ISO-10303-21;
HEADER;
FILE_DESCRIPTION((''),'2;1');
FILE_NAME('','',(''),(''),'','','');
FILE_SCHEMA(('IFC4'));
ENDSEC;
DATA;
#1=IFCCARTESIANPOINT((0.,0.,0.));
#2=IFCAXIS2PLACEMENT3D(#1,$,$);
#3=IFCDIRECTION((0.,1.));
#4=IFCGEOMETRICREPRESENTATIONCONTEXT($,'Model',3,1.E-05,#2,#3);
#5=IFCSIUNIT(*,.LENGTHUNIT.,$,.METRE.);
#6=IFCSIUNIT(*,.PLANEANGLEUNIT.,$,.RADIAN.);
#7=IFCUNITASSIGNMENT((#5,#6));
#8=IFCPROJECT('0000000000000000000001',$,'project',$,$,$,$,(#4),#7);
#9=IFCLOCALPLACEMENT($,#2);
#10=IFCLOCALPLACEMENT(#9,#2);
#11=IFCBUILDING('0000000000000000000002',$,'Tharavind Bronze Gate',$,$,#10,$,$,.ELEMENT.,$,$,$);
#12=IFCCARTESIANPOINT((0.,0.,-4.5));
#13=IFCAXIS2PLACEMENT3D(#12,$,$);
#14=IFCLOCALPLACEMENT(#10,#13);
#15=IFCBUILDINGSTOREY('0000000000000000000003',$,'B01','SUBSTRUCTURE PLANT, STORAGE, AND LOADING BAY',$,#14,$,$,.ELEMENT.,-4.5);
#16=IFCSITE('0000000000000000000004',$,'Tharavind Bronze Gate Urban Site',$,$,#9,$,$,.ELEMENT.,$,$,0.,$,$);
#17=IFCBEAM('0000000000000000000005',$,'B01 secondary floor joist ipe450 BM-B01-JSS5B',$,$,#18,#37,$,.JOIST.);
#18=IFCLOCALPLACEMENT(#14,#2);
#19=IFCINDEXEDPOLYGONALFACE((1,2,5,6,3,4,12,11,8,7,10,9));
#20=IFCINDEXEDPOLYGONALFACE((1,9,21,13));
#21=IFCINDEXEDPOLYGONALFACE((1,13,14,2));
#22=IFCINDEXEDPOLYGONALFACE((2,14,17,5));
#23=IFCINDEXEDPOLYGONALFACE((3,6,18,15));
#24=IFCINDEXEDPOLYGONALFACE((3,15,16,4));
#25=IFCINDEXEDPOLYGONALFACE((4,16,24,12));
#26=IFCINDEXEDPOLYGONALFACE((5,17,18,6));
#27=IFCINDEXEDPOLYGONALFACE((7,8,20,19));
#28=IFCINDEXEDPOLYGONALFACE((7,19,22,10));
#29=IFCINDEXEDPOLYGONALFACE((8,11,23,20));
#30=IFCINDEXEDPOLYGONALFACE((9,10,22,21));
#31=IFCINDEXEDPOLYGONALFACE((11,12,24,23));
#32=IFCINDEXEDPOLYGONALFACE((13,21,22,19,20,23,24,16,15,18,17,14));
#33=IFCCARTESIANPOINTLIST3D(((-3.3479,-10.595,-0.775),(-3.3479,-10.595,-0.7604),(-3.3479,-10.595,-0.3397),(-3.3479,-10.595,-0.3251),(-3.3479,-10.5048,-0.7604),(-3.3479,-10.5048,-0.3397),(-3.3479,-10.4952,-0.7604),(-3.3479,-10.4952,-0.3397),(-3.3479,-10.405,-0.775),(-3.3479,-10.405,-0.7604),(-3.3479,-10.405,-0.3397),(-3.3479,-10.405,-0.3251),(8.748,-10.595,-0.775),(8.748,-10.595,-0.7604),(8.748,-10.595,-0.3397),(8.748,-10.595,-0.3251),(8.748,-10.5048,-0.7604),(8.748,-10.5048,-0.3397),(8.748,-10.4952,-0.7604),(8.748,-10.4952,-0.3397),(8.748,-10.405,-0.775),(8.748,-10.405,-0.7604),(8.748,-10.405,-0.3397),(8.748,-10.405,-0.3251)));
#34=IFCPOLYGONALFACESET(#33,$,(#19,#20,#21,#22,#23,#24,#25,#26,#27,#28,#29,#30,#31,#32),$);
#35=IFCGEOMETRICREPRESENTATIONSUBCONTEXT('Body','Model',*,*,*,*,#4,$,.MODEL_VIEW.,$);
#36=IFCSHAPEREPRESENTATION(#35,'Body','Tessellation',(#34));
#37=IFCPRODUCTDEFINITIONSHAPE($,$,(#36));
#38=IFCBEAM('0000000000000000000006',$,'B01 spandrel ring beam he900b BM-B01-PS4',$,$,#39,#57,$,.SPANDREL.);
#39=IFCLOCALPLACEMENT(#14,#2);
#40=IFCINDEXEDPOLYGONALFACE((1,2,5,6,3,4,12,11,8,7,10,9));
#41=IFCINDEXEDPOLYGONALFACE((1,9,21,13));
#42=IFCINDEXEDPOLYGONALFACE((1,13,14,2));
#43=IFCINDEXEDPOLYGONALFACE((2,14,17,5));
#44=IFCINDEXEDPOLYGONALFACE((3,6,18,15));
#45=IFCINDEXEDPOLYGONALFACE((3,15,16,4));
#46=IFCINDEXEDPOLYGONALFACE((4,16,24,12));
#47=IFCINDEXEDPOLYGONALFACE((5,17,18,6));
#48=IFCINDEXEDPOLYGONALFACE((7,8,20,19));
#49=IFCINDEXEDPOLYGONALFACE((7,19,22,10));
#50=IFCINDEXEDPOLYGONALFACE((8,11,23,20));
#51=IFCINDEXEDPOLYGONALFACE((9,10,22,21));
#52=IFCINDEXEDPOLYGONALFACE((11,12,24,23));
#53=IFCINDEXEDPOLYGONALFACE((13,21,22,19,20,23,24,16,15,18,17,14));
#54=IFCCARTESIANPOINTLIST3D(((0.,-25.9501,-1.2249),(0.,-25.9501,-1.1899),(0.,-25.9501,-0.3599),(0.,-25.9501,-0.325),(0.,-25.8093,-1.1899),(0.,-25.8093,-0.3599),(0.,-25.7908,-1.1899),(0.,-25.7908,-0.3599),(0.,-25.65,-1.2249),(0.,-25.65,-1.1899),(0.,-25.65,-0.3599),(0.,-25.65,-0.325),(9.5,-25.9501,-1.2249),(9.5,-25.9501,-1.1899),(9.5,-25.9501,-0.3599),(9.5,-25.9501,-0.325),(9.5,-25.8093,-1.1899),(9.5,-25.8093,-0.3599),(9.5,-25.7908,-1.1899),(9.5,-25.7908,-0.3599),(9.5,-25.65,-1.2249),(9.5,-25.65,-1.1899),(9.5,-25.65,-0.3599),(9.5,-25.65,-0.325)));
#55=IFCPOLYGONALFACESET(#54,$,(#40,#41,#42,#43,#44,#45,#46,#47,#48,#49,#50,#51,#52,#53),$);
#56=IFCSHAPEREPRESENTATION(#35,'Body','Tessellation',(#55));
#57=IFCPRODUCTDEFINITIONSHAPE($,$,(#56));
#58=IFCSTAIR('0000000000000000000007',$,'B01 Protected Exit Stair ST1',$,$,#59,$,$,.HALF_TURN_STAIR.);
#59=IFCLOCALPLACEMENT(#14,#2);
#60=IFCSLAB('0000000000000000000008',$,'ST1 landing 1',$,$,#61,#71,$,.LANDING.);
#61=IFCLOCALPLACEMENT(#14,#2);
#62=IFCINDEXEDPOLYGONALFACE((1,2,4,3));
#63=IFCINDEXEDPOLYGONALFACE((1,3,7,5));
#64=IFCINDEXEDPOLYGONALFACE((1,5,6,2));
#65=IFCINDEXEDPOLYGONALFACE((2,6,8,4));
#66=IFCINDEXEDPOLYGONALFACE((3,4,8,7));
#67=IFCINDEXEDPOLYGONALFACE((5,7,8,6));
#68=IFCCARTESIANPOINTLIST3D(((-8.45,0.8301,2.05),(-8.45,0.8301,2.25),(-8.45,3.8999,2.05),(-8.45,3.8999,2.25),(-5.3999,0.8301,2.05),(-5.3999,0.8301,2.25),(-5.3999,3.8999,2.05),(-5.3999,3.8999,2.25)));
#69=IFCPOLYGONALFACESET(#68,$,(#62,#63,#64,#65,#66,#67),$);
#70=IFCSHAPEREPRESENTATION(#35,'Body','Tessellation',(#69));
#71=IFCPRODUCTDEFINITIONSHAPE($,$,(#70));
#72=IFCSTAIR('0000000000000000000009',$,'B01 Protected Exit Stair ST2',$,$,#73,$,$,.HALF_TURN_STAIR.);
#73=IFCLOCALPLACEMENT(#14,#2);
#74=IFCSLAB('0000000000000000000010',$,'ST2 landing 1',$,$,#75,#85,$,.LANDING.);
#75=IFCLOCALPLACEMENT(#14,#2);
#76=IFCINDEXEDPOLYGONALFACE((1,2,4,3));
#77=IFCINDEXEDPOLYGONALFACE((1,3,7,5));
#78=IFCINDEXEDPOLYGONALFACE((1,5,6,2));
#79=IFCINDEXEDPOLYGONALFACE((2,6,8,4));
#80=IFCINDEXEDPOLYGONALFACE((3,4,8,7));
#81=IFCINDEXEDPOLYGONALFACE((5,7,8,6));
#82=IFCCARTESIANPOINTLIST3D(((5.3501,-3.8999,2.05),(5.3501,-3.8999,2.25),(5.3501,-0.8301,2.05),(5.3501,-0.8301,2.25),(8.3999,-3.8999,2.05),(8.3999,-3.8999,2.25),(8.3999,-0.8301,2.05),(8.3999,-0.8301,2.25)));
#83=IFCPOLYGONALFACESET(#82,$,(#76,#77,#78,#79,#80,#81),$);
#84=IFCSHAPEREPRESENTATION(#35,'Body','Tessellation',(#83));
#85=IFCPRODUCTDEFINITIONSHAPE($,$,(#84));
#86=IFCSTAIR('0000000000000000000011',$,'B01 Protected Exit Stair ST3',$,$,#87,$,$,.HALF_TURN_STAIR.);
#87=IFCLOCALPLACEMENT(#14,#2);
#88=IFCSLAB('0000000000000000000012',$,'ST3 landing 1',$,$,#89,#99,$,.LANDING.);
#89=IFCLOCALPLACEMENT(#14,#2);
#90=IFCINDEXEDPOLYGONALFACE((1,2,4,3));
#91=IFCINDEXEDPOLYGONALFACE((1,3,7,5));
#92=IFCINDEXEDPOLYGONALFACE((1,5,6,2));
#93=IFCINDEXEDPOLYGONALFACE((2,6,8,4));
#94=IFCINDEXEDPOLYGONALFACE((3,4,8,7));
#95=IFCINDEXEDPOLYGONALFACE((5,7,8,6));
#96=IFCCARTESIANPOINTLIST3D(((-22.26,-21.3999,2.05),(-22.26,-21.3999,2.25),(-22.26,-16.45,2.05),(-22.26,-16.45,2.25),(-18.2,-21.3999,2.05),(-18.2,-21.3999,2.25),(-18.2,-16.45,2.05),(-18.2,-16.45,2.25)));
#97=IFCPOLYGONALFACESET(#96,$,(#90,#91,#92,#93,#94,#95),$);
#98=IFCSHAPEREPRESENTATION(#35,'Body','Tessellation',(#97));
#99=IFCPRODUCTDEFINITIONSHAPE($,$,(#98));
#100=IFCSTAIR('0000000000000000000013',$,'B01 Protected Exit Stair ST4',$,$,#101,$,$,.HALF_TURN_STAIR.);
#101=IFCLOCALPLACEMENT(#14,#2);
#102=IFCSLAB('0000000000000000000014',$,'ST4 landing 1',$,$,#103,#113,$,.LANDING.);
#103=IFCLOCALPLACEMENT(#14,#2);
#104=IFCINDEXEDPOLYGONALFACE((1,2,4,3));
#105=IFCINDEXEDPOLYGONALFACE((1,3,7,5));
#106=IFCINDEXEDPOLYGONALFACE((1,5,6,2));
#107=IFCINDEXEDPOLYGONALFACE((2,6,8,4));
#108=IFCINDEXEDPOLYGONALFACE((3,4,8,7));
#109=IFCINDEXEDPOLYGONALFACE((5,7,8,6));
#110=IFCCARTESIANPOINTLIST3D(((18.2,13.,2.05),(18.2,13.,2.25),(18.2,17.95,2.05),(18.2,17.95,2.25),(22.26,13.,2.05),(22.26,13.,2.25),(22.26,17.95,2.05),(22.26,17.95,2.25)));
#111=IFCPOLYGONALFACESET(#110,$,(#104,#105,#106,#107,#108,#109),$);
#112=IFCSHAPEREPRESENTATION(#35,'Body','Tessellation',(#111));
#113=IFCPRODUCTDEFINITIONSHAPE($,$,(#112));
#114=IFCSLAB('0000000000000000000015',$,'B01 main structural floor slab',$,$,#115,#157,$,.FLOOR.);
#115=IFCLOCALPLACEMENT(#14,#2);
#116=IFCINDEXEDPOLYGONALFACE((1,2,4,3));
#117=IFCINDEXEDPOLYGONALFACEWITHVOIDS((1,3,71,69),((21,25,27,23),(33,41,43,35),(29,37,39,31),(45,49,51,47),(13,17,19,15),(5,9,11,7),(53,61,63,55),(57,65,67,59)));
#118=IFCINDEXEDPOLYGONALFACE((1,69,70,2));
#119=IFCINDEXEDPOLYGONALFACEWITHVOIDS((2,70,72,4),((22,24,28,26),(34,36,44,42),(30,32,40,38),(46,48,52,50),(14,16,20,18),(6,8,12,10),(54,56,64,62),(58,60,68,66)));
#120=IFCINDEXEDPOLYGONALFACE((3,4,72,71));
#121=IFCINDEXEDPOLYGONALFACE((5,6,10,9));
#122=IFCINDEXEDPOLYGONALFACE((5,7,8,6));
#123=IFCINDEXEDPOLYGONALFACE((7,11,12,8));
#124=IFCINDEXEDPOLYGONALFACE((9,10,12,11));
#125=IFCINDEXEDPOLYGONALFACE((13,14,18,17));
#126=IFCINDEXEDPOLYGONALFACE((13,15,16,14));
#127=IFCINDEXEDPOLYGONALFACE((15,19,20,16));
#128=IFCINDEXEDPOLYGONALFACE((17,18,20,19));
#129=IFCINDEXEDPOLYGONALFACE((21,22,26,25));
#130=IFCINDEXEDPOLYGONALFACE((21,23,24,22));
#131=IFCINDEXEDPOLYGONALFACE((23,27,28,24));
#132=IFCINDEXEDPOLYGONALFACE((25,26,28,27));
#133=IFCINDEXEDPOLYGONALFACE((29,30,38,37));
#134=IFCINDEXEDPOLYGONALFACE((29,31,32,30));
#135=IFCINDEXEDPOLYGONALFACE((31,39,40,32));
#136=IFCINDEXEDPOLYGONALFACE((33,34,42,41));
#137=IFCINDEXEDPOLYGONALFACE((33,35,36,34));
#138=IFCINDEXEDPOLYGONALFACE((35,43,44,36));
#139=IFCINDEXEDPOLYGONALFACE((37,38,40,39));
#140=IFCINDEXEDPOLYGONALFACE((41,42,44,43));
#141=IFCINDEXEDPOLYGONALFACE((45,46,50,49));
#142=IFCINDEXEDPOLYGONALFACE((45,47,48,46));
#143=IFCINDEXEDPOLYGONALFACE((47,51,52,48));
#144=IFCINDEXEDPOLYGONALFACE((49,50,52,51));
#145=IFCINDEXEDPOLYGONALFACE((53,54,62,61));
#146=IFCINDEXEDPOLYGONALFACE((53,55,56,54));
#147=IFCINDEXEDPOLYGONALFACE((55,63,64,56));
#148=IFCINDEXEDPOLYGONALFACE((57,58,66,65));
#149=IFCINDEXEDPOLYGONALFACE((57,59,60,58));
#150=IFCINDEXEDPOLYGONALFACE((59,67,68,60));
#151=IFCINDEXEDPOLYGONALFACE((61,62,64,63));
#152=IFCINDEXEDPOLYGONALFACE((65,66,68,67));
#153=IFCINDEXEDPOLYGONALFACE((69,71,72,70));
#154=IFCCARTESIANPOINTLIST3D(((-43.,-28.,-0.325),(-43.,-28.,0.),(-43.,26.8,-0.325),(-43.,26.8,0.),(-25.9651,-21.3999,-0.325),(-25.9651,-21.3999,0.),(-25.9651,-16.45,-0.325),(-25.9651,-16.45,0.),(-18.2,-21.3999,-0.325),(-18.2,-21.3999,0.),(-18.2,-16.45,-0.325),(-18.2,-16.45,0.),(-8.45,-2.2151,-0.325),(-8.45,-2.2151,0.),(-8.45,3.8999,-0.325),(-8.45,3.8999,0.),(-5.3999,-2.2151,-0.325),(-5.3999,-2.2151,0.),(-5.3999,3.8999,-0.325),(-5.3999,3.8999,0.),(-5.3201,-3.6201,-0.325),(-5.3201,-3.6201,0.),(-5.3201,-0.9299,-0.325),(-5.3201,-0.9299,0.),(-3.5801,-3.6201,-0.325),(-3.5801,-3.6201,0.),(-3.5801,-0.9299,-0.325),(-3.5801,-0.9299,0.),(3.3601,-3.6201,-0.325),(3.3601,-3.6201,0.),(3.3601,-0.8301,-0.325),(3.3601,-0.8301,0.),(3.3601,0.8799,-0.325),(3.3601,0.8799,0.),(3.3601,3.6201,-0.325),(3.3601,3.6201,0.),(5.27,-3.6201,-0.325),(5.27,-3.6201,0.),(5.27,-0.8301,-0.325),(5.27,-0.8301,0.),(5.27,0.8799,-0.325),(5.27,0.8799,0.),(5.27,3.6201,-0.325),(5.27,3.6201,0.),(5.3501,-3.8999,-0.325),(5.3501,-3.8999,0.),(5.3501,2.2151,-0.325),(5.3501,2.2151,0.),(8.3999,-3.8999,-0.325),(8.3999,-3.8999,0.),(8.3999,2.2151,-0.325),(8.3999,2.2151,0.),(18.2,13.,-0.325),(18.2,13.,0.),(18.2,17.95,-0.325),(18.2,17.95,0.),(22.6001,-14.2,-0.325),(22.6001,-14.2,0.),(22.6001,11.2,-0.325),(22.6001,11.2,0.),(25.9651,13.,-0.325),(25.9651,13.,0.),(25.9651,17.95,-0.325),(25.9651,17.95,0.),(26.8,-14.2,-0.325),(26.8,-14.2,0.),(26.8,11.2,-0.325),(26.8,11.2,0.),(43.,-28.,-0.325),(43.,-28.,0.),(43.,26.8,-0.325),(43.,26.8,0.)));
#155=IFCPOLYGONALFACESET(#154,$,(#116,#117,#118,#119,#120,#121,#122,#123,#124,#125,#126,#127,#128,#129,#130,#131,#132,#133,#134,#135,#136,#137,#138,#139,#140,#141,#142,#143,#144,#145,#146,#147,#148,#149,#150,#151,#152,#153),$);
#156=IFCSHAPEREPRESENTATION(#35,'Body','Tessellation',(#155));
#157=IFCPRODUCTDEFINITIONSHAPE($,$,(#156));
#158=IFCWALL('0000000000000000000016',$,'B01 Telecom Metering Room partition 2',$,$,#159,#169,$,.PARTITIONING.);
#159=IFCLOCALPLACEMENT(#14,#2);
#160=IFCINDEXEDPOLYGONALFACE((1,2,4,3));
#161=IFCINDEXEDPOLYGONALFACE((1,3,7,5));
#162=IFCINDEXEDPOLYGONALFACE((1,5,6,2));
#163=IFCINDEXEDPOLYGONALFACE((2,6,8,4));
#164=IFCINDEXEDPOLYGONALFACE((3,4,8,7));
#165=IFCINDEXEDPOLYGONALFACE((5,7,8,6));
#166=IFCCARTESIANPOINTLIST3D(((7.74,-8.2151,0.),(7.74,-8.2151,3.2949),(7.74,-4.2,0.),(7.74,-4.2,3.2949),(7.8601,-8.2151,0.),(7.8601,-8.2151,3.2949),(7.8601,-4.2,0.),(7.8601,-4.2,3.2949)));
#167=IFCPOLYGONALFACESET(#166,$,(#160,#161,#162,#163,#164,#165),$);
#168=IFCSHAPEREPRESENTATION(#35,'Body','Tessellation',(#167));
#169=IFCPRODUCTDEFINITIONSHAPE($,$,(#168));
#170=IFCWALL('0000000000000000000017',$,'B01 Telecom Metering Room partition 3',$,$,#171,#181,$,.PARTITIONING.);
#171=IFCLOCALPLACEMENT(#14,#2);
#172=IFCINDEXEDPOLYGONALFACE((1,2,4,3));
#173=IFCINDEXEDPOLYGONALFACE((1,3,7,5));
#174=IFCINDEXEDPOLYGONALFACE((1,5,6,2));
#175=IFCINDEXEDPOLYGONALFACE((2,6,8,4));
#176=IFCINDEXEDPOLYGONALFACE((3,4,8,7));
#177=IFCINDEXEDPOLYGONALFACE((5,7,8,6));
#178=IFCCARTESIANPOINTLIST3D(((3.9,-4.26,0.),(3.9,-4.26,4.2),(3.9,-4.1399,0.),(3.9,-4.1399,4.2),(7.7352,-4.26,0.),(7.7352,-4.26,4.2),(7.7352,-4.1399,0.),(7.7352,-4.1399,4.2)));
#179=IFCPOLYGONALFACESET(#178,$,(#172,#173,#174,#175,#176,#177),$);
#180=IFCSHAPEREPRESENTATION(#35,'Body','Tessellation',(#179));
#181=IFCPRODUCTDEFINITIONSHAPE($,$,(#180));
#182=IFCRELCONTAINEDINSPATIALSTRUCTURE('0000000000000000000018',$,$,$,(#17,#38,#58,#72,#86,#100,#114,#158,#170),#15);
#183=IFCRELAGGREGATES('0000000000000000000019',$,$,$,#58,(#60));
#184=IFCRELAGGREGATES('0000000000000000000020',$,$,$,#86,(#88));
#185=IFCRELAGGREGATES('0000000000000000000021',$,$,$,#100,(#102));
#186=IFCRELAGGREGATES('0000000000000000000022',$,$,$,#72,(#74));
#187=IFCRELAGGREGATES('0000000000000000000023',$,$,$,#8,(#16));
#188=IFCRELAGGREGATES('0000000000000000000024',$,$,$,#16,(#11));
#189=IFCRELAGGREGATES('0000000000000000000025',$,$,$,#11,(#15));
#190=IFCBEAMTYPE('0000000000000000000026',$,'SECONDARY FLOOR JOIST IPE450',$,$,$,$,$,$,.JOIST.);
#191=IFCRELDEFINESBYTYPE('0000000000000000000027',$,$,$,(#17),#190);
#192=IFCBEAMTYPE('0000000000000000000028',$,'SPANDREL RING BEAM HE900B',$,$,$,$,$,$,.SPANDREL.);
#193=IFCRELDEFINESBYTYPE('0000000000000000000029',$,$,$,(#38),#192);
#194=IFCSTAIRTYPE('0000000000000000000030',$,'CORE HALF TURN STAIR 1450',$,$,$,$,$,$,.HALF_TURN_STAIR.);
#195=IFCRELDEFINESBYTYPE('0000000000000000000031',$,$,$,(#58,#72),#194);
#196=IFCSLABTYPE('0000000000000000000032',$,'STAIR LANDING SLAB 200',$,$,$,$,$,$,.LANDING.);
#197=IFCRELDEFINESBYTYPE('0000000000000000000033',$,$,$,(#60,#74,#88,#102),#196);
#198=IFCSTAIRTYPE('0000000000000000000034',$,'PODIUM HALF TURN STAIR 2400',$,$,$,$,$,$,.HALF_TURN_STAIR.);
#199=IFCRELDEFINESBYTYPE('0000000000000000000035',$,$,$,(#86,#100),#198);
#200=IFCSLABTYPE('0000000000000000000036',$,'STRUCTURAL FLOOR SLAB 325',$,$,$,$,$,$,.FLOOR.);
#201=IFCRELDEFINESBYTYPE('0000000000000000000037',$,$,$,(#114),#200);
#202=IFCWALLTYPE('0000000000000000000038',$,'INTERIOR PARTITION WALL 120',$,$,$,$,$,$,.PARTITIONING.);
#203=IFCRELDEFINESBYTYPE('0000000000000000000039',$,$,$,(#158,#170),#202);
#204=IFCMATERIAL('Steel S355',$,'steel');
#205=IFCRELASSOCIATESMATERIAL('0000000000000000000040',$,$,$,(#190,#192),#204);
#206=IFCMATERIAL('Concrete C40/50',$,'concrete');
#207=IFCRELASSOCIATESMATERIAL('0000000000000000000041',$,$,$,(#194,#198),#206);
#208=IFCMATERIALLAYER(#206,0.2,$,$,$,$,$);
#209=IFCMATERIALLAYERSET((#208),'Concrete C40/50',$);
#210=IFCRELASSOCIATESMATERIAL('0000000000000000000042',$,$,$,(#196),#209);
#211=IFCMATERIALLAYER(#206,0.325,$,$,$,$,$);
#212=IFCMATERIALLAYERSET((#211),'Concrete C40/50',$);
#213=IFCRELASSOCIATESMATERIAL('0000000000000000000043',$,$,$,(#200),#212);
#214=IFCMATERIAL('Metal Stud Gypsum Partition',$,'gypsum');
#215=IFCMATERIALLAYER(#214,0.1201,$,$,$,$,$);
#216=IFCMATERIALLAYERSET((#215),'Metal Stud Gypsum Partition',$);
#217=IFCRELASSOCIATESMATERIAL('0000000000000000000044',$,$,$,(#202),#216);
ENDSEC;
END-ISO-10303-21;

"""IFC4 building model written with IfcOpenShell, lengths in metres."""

from ifc_helpers import new_model, si_unit, direction, frame, frame_2d, origin, origin_2d, place, context, subcontext, project, spatial, polyline, rectangle, i_section, outline, extrude, material, layer, layer_set, material_profile, profile_set, type_object, element, aggregate, save


model = new_model("IFC4")

# Units and contexts
model_context = context("Model", 3, precision=1e-05, world=origin(), true_north=direction((0.0, 1.0)))
body_context = subcontext(model_context, "Body", "Model", "MODEL_VIEW")
ifc_project = project(units=[si_unit("LENGTHUNIT", "METRE"), si_unit("PLANEANGLEUNIT", "RADIAN")], contexts=[model_context])

# Site, building, storey
site_placement = place(None, origin())
site = spatial("IfcSite", under=ifc_project, at=site_placement, Name="Tharavind Bronze Gate Urban Site", CompositionType="ELEMENT", RefElevation=0.0)
building_placement = place(site_placement, origin())
building = spatial("IfcBuilding", under=site, at=building_placement, Name="Tharavind Bronze Gate", CompositionType="ELEMENT")
storey_placement = place(building_placement, frame((0.0, 0.0, -4.5)))
storey = spatial("IfcBuildingStorey", under=building, at=storey_placement, Name="B01", Description="SUBSTRUCTURE PLANT, STORAGE, AND LOADING BAY", CompositionType="ELEMENT", Elevation=-4.5)

# Beams
ifc_material_1 = material(Name="Steel S355", Category="steel")
ifc_material_profile_1 = material_profile(ifc_material_1, i_section(OverallWidth=0.1899, OverallDepth=0.45, WebThickness=0.0095, FlangeThickness=0.0146, at=origin_2d()), Name="IPE450")
ifc_profile_set_1 = profile_set([ifc_material_profile_1], Name="Steel S355")
beam_type_1 = type_object("IfcBeamType", Name="SECONDARY FLOOR JOIST IPE450", PredefinedType="JOIST", material=ifc_profile_set_1)
for number, where, z_axis, x_axis, name in (
    (1, (-3.3479, -10.5, -0.55), (1.0, 0.0, 0.0), (0.0, 1.0, 0.0), "B01 secondary floor joist ipe450 BM-B01-JSS5B"),
):
    element("IfcBeam", number, at=place(storey_placement, frame(where, z_axis=z_axis, x_axis=x_axis)), inside=storey, type_object=beam_type_1, Name=name, PredefinedType="JOIST", context=body_context, shape_type="SweptSolid", body=[
        extrude(i_section(OverallWidth=0.1899, OverallDepth=0.45, WebThickness=0.0095, FlangeThickness=0.0146, at=origin_2d()), origin(), (0.0, 0.0, 1.0), 12.0959),
    ])
ifc_material_profile_2 = material_profile(ifc_material_1, i_section(OverallWidth=0.3, OverallDepth=0.8999, WebThickness=0.0186, FlangeThickness=0.0349, at=origin_2d()), Name="HE900B")
ifc_profile_set_2 = profile_set([ifc_material_profile_2], Name="Steel S355")
beam_type_2 = type_object("IfcBeamType", Name="SPANDREL RING BEAM HE900B", PredefinedType="SPANDREL", material=ifc_profile_set_2)
beam_1_placement = place(storey_placement, frame((0.0, -25.8, -0.7749), z_axis=(1.0, 0.0, 0.0), x_axis=(0.0, 1.0, 0.0)))
element("IfcBeam", 2, at=beam_1_placement, inside=storey, type_object=beam_type_2, Name="B01 spandrel ring beam he900b BM-B01-PS4", PredefinedType="SPANDREL", context=body_context, shape_type="SweptSolid", body=[
    extrude(i_section(OverallWidth=0.3, OverallDepth=0.8999, WebThickness=0.0186, FlangeThickness=0.0349, at=origin_2d()), origin(), (0.0, 0.0, 1.0), 9.5),
])

# Stairs, slabs
ifc_material_2 = material(Name="Concrete C40/50", Category="concrete")
stair_type_1 = type_object("IfcStairType", Name="CORE HALF TURN STAIR 1450", PredefinedType="HALF_TURN_STAIR", material=ifc_material_2)
stair_1_placement = place(storey_placement, origin())
stair_1 = element("IfcStair", 3, at=stair_1_placement, inside=storey, type_object=stair_type_1, Name="B01 Protected Exit Stair ST1", PredefinedType="HALF_TURN_STAIR")
ifc_layer_1 = layer(ifc_material_2, 0.2)
ifc_layer_set_1 = layer_set([ifc_layer_1], Name="Concrete C40/50")
slab_type_1 = type_object("IfcSlabType", Name="STAIR LANDING SLAB 200", PredefinedType="LANDING", material=ifc_layer_set_1)
slab_1_placement = place(storey_placement, frame((0.0, 0.0, 2.05)))
slab_1 = element("IfcSlab", 4, at=slab_1_placement, type_object=slab_type_1, Name="ST1 landing 1", PredefinedType="LANDING", context=body_context, shape_type="SweptSolid", body=[
    extrude(outline(polyline([(-5.3999, 0.8301), (-5.3999, 3.8999), (-8.45, 3.8999), (-8.45, 0.8301), (-5.3999, 0.8301)])), origin(), (0.0, 0.0, 1.0), 0.2),
])
aggregate(stair_1, [slab_1])
stair_2_placement = place(storey_placement, origin())
stair_2 = element("IfcStair", 5, at=stair_2_placement, inside=storey, type_object=stair_type_1, Name="B01 Protected Exit Stair ST2", PredefinedType="HALF_TURN_STAIR")
slab_2_placement = place(storey_placement, frame((0.0, 0.0, 2.05)))
slab_2 = element("IfcSlab", 6, at=slab_2_placement, type_object=slab_type_1, Name="ST2 landing 1", PredefinedType="LANDING", context=body_context, shape_type="SweptSolid", body=[
    extrude(outline(polyline([(5.3501, -0.8301), (5.3501, -3.8999), (8.3999, -3.8999), (8.3999, -0.8301), (5.3501, -0.8301)])), origin(), (0.0, 0.0, 1.0), 0.2),
])
stair_type_2 = type_object("IfcStairType", Name="PODIUM HALF TURN STAIR 2400", PredefinedType="HALF_TURN_STAIR", material=ifc_material_2)
stair_3_placement = place(storey_placement, origin())
stair_3 = element("IfcStair", 7, at=stair_3_placement, inside=storey, type_object=stair_type_2, Name="B01 Protected Exit Stair ST3", PredefinedType="HALF_TURN_STAIR")
slab_3_placement = place(storey_placement, frame((0.0, 0.0, 2.05)))
slab_3 = element("IfcSlab", 8, at=slab_3_placement, type_object=slab_type_1, Name="ST3 landing 1", PredefinedType="LANDING", context=body_context, shape_type="SweptSolid", body=[
    extrude(outline(polyline([(-22.26, -21.3999), (-18.2, -21.3999), (-18.2, -16.45), (-22.26, -16.45), (-22.26, -21.3999)])), origin(), (0.0, 0.0, 1.0), 0.2),
])
aggregate(stair_3, [slab_3])
stair_4_placement = place(storey_placement, origin())
stair_4 = element("IfcStair", 9, at=stair_4_placement, inside=storey, type_object=stair_type_2, Name="B01 Protected Exit Stair ST4", PredefinedType="HALF_TURN_STAIR")
slab_4_placement = place(storey_placement, frame((0.0, 0.0, 2.05)))
slab_4 = element("IfcSlab", 10, at=slab_4_placement, type_object=slab_type_1, Name="ST4 landing 1", PredefinedType="LANDING", context=body_context, shape_type="SweptSolid", body=[
    extrude(outline(polyline([(22.26, 17.95), (18.2, 17.95), (18.2, 13.0), (22.26, 13.0), (22.26, 17.95)])), origin(), (0.0, 0.0, 1.0), 0.2),
])
aggregate(stair_4, [slab_4])

# Slab
ifc_layer_2 = layer(ifc_material_2, 0.325)
ifc_layer_set_2 = layer_set([ifc_layer_2], Name="Concrete C40/50")
slab_type_2 = type_object("IfcSlabType", Name="STRUCTURAL FLOOR SLAB 325", PredefinedType="FLOOR", material=ifc_layer_set_2)
slab_5_placement = place(storey_placement, frame((0.0, 0.0, -0.325)))
element("IfcSlab", 11, at=slab_5_placement, inside=storey, type_object=slab_type_2, Name="B01 main structural floor slab", PredefinedType="FLOOR", context=body_context, shape_type="SweptSolid", body=[
    extrude(outline(polyline([(-43.0, -28.0), (43.0, -28.0), (43.0, 26.8), (-43.0, 26.8), (-43.0, -28.0)]), holes=[polyline([(-5.3999, -2.2151), (-5.3999, 3.8999), (-8.45, 3.8999), (-8.45, -2.2151), (-5.3999, -2.2151)]), polyline([(5.3501, 2.2151), (5.3501, -3.8999), (8.3999, -3.8999), (8.3999, 2.2151), (5.3501, 2.2151)]), polyline([(-25.9651, -21.3999), (-18.2, -21.3999), (-18.2, -16.45), (-25.9651, -16.45), (-25.9651, -21.3999)]), polyline([(25.9651, 17.95), (18.2, 17.95), (18.2, 13.0), (25.9651, 13.0), (25.9651, 17.95)]), polyline([(-5.3201, -3.6201), (-3.5801, -3.6201), (-3.5801, -0.9299), (-5.3201, -0.9299), (-5.3201, -3.6201)]), polyline([(3.3601, 0.8799), (5.27, 0.8799), (5.27, 3.6201), (3.3601, 3.6201), (3.3601, 0.8799)]), polyline([(3.3601, -3.6201), (5.27, -3.6201), (5.27, -0.8301), (3.3601, -0.8301), (3.3601, -3.6201)]), polyline([(22.6001, -14.2), (26.8, -14.2), (26.8, 11.2), (22.6001, 11.2), (22.6001, -14.2)])]), origin(), (0.0, 0.0, 1.0), 0.325),
])

# Walls
ifc_material_3 = material(Name="Metal Stud Gypsum Partition", Category="gypsum")
ifc_layer_3 = layer(ifc_material_3, 0.1201)
ifc_layer_set_3 = layer_set([ifc_layer_3], Name="Metal Stud Gypsum Partition")
wall_type_1 = type_object("IfcWallType", Name="INTERIOR PARTITION WALL 120", PredefinedType="PARTITIONING", material=ifc_layer_set_3)
wall_1_placement = place(storey_placement, frame((7.8, -8.2151, 0.0), z_axis=(0.0, 0.0, 1.0), x_axis=(0.0, 1.0, 0.0)))
element("IfcWall", 12, at=wall_1_placement, inside=storey, type_object=wall_type_1, Name="B01 Telecom Metering Room partition 2", PredefinedType="PARTITIONING", context=body_context, shape_type="SweptSolid", body=[
    extrude(rectangle(XDim=4.0151, YDim=0.1201, at=frame_2d((2.0076, 0.0))), origin(), (0.0, 0.0, 1.0), 3.2949),
])
wall_2_placement = place(storey_placement, frame((7.7351, -4.2, 0.0), z_axis=(0.0, 0.0, 1.0), x_axis=(-1.0, 0.0, 0.0)))
element("IfcWall", 13, at=wall_2_placement, inside=storey, type_object=wall_type_1, Name="B01 Telecom Metering Room partition 3", PredefinedType="PARTITIONING", context=body_context, shape_type="SweptSolid", body=[
    extrude(rectangle(XDim=3.8352, YDim=0.1201, at=frame_2d((1.9175, 0.0))), origin(), (0.0, 0.0, 1.0), 4.2),
])

aggregate(stair_2, [slab_2])

save(model, "model.ifc")
